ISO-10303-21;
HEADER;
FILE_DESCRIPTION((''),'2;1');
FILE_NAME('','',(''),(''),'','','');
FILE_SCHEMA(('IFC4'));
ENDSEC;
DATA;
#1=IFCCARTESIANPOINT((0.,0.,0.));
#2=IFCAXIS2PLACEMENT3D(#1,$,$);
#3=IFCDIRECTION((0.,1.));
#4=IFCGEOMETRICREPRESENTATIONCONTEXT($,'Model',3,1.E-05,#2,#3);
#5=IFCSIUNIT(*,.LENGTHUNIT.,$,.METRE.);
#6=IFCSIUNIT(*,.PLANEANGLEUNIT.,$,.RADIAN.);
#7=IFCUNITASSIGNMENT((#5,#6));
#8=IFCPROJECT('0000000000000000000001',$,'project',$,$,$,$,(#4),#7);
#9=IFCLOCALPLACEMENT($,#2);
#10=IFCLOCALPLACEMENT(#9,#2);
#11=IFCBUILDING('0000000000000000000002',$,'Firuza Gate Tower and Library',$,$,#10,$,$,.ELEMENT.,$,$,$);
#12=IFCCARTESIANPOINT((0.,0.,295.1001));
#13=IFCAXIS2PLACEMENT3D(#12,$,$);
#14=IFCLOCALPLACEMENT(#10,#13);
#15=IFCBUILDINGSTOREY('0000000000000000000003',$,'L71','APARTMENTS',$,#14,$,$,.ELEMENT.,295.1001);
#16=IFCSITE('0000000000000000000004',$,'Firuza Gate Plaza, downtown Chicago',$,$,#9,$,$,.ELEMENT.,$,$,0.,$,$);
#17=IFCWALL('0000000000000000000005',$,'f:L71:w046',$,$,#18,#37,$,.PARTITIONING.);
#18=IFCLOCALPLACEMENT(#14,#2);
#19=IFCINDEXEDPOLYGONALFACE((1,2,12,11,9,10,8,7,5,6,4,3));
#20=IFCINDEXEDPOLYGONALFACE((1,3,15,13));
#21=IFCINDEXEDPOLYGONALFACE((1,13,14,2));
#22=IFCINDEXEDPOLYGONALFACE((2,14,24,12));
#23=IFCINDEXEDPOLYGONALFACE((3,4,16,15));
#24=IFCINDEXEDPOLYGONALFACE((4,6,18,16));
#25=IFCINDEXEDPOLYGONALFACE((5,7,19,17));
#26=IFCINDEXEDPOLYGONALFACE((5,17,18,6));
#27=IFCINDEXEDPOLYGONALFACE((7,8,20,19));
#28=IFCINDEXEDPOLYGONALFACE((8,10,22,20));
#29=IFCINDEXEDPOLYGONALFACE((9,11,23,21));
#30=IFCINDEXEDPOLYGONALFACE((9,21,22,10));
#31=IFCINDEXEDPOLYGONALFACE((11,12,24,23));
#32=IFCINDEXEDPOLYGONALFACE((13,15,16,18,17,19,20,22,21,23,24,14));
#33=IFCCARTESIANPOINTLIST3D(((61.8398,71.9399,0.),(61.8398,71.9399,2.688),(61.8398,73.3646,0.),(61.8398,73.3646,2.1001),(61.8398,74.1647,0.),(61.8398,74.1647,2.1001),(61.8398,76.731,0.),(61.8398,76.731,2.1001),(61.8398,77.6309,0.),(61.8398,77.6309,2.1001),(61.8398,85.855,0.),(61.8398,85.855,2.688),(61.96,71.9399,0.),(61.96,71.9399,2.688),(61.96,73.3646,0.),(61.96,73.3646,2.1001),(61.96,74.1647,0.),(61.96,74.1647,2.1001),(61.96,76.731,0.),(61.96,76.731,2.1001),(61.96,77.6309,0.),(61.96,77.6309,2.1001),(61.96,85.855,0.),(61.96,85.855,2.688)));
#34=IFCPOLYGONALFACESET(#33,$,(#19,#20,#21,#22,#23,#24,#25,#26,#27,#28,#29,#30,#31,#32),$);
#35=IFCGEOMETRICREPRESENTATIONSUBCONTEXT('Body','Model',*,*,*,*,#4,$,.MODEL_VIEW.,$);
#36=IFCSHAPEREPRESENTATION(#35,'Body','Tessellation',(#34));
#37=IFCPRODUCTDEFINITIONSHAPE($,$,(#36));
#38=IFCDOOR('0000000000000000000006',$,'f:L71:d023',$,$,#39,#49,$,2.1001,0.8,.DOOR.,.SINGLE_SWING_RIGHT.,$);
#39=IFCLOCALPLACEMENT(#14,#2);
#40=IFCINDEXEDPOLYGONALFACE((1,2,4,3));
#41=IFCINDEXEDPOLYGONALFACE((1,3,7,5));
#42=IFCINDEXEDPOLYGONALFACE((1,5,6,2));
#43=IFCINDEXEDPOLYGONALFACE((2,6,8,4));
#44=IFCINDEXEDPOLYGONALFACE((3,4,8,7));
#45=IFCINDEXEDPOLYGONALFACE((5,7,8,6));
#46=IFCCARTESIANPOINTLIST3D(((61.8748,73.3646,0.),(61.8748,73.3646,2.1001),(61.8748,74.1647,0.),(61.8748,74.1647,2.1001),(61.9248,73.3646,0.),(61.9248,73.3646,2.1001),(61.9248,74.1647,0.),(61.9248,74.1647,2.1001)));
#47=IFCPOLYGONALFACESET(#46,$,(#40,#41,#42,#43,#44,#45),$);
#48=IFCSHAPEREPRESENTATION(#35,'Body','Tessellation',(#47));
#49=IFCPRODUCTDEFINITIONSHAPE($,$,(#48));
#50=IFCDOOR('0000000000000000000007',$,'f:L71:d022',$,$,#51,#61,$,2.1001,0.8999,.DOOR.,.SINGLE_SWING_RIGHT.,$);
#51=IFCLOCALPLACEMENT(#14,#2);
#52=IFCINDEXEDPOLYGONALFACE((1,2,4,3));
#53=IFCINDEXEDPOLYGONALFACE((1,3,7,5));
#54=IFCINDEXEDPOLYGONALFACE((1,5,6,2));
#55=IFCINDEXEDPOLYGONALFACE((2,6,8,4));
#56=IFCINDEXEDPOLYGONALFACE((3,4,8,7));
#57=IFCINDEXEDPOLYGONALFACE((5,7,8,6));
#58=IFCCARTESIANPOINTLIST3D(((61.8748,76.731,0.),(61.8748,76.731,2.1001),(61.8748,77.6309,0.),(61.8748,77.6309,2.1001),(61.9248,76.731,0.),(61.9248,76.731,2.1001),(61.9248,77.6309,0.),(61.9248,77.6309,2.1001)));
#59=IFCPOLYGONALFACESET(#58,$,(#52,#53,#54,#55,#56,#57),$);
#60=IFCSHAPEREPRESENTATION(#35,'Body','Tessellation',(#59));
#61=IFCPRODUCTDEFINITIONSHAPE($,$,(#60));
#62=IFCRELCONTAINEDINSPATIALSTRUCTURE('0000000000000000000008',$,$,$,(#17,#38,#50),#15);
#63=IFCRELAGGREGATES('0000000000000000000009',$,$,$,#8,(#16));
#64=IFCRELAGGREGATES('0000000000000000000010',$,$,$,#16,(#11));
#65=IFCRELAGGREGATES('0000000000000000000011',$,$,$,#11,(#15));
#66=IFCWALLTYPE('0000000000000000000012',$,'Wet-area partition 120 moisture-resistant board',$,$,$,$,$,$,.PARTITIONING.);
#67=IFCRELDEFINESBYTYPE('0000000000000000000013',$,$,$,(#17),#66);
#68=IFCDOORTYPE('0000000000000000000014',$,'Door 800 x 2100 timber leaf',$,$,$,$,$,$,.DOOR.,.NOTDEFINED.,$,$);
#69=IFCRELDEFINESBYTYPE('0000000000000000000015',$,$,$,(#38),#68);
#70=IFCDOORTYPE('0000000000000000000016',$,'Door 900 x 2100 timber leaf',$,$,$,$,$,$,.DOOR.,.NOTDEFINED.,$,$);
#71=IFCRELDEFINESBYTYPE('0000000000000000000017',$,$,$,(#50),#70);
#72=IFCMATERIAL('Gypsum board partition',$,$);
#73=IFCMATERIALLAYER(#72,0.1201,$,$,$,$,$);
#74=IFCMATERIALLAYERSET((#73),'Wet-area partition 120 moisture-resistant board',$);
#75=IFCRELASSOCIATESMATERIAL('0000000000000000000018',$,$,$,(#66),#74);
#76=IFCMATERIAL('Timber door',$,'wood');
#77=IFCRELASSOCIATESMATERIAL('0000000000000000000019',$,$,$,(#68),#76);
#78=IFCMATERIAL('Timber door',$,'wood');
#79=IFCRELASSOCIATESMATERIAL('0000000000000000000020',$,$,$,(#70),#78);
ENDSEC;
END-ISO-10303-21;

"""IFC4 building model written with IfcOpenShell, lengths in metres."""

from ifc_helpers import new_model, si_unit, direction, frame, frame_2d, origin, place, context, subcontext, project, spatial, rectangle, extrude, material, layer, layer_set, type_object, element, fill, save


model = new_model("IFC4")

# Units and contexts
model_context = context("Model", 3, precision=1e-05, world=origin(), true_north=direction((0.0, 1.0)))
body_context = subcontext(model_context, "Body", "Model", "MODEL_VIEW")
ifc_project = project(units=[si_unit("LENGTHUNIT", "METRE"), si_unit("PLANEANGLEUNIT", "RADIAN")], contexts=[model_context])

# Site, building, storey
site_placement = place(None, origin())
site = spatial("IfcSite", under=ifc_project, at=site_placement, Name="Firuza Gate Plaza, downtown Chicago", CompositionType="ELEMENT", RefElevation=0.0)
building_placement = place(site_placement, origin())
building = spatial("IfcBuilding", under=site, at=building_placement, Name="Firuza Gate Tower and Library", CompositionType="ELEMENT")
storey_placement = place(building_placement, frame((0.0, 0.0, 295.1001)))
storey = spatial("IfcBuildingStorey", under=building, at=storey_placement, Name="L71", Description="APARTMENTS", CompositionType="ELEMENT", Elevation=295.1001)

# Wall, openings, doors
ifc_material_1 = material(Name="Gypsum board partition")
ifc_layer_1 = layer(ifc_material_1, 0.1201)
ifc_layer_set_1 = layer_set([ifc_layer_1], Name="Wet-area partition 120 moisture-resistant board")
wall_type_1 = type_object("IfcWallType", Name="Wet-area partition 120 moisture-resistant board", PredefinedType="PARTITIONING", material=ifc_layer_set_1)
wall_1_placement = place(storey_placement, frame((61.8999, 85.855, 0.0), z_axis=(0.0, 0.0, 1.0), x_axis=(0.0, -1.0, 0.0)))
wall_1 = element("IfcWall", 1, at=wall_1_placement, inside=storey, type_object=wall_type_1, Name="f:L71:w046", PredefinedType="PARTITIONING", context=body_context, shape_type="SweptSolid", body=[
    extrude(rectangle(XDim=13.915, YDim=0.1201, at=frame_2d((6.9575, 0.0))), origin(), (0.0, 0.0, 1.0), 2.688),
])
opening_1_placement = place(wall_1_placement, frame((8.2241, 0.0, 0.0)))
opening_1 = element("IfcOpeningElement", 2, at=opening_1_placement, cuts=wall_1, PredefinedType="OPENING", context=body_context, shape_type="SweptSolid", body=[
    extrude(rectangle(XDim=0.8999, YDim=2.1001, at=frame_2d((0.45, 1.05))), frame((0.0, 0.0701, 0.0), z_axis=(0.0, -1.0, 0.0), x_axis=(1.0, 0.0, 0.0)), (0.0, 0.0, 1.0), 0.1401),
])
opening_2_placement = place(wall_1_placement, frame((11.6904, 0.0, 0.0)))
opening_2 = element("IfcOpeningElement", 3, at=opening_2_placement, cuts=wall_1, PredefinedType="OPENING", context=body_context, shape_type="SweptSolid", body=[
    extrude(rectangle(XDim=0.8, YDim=2.1001, at=frame_2d((0.3999, 1.05))), frame((0.0, 0.0701, 0.0), z_axis=(0.0, -1.0, 0.0), x_axis=(1.0, 0.0, 0.0)), (0.0, 0.0, 1.0), 0.1401),
])
ifc_material_2 = material(Name="Timber door", Category="wood")
door_type_1 = type_object("IfcDoorType", Name="Door 800 x 2100 timber leaf", OperationType="NOTDEFINED", PredefinedType="DOOR", material=ifc_material_2)
door_1_placement = place(opening_2_placement, origin())
door_1 = element("IfcDoor", 4, at=door_1_placement, inside=storey, type_object=door_type_1, Name="f:L71:d023", OperationType="SINGLE_SWING_RIGHT", OverallHeight=2.1001, OverallWidth=0.8, PredefinedType="DOOR", context=body_context, shape_type="SweptSolid", body=[
    extrude(rectangle(XDim=0.8, YDim=2.1001, at=frame_2d((0.3999, 1.05))), frame((0.0, 0.0249, 0.0), z_axis=(0.0, -1.0, 0.0), x_axis=(1.0, 0.0, 0.0)), (0.0, 0.0, 1.0), 0.05),
])
fill(opening_2, door_1)
ifc_material_3 = material(Name="Timber door", Category="wood")
door_type_2 = type_object("IfcDoorType", Name="Door 900 x 2100 timber leaf", OperationType="NOTDEFINED", PredefinedType="DOOR", material=ifc_material_3)
door_2_placement = place(opening_1_placement, origin())
door_2 = element("IfcDoor", 5, at=door_2_placement, inside=storey, type_object=door_type_2, Name="f:L71:d022", OperationType="SINGLE_SWING_RIGHT", OverallHeight=2.1001, OverallWidth=0.8999, PredefinedType="DOOR", context=body_context, shape_type="SweptSolid", body=[
    extrude(rectangle(XDim=0.8999, YDim=2.1001, at=frame_2d((0.45, 1.05))), frame((0.0, 0.0249, 0.0), z_axis=(0.0, -1.0, 0.0), x_axis=(1.0, 0.0, 0.0)), (0.0, 0.0, 1.0), 0.05),
])
fill(opening_1, door_2)

save(model, "model.ifc")
